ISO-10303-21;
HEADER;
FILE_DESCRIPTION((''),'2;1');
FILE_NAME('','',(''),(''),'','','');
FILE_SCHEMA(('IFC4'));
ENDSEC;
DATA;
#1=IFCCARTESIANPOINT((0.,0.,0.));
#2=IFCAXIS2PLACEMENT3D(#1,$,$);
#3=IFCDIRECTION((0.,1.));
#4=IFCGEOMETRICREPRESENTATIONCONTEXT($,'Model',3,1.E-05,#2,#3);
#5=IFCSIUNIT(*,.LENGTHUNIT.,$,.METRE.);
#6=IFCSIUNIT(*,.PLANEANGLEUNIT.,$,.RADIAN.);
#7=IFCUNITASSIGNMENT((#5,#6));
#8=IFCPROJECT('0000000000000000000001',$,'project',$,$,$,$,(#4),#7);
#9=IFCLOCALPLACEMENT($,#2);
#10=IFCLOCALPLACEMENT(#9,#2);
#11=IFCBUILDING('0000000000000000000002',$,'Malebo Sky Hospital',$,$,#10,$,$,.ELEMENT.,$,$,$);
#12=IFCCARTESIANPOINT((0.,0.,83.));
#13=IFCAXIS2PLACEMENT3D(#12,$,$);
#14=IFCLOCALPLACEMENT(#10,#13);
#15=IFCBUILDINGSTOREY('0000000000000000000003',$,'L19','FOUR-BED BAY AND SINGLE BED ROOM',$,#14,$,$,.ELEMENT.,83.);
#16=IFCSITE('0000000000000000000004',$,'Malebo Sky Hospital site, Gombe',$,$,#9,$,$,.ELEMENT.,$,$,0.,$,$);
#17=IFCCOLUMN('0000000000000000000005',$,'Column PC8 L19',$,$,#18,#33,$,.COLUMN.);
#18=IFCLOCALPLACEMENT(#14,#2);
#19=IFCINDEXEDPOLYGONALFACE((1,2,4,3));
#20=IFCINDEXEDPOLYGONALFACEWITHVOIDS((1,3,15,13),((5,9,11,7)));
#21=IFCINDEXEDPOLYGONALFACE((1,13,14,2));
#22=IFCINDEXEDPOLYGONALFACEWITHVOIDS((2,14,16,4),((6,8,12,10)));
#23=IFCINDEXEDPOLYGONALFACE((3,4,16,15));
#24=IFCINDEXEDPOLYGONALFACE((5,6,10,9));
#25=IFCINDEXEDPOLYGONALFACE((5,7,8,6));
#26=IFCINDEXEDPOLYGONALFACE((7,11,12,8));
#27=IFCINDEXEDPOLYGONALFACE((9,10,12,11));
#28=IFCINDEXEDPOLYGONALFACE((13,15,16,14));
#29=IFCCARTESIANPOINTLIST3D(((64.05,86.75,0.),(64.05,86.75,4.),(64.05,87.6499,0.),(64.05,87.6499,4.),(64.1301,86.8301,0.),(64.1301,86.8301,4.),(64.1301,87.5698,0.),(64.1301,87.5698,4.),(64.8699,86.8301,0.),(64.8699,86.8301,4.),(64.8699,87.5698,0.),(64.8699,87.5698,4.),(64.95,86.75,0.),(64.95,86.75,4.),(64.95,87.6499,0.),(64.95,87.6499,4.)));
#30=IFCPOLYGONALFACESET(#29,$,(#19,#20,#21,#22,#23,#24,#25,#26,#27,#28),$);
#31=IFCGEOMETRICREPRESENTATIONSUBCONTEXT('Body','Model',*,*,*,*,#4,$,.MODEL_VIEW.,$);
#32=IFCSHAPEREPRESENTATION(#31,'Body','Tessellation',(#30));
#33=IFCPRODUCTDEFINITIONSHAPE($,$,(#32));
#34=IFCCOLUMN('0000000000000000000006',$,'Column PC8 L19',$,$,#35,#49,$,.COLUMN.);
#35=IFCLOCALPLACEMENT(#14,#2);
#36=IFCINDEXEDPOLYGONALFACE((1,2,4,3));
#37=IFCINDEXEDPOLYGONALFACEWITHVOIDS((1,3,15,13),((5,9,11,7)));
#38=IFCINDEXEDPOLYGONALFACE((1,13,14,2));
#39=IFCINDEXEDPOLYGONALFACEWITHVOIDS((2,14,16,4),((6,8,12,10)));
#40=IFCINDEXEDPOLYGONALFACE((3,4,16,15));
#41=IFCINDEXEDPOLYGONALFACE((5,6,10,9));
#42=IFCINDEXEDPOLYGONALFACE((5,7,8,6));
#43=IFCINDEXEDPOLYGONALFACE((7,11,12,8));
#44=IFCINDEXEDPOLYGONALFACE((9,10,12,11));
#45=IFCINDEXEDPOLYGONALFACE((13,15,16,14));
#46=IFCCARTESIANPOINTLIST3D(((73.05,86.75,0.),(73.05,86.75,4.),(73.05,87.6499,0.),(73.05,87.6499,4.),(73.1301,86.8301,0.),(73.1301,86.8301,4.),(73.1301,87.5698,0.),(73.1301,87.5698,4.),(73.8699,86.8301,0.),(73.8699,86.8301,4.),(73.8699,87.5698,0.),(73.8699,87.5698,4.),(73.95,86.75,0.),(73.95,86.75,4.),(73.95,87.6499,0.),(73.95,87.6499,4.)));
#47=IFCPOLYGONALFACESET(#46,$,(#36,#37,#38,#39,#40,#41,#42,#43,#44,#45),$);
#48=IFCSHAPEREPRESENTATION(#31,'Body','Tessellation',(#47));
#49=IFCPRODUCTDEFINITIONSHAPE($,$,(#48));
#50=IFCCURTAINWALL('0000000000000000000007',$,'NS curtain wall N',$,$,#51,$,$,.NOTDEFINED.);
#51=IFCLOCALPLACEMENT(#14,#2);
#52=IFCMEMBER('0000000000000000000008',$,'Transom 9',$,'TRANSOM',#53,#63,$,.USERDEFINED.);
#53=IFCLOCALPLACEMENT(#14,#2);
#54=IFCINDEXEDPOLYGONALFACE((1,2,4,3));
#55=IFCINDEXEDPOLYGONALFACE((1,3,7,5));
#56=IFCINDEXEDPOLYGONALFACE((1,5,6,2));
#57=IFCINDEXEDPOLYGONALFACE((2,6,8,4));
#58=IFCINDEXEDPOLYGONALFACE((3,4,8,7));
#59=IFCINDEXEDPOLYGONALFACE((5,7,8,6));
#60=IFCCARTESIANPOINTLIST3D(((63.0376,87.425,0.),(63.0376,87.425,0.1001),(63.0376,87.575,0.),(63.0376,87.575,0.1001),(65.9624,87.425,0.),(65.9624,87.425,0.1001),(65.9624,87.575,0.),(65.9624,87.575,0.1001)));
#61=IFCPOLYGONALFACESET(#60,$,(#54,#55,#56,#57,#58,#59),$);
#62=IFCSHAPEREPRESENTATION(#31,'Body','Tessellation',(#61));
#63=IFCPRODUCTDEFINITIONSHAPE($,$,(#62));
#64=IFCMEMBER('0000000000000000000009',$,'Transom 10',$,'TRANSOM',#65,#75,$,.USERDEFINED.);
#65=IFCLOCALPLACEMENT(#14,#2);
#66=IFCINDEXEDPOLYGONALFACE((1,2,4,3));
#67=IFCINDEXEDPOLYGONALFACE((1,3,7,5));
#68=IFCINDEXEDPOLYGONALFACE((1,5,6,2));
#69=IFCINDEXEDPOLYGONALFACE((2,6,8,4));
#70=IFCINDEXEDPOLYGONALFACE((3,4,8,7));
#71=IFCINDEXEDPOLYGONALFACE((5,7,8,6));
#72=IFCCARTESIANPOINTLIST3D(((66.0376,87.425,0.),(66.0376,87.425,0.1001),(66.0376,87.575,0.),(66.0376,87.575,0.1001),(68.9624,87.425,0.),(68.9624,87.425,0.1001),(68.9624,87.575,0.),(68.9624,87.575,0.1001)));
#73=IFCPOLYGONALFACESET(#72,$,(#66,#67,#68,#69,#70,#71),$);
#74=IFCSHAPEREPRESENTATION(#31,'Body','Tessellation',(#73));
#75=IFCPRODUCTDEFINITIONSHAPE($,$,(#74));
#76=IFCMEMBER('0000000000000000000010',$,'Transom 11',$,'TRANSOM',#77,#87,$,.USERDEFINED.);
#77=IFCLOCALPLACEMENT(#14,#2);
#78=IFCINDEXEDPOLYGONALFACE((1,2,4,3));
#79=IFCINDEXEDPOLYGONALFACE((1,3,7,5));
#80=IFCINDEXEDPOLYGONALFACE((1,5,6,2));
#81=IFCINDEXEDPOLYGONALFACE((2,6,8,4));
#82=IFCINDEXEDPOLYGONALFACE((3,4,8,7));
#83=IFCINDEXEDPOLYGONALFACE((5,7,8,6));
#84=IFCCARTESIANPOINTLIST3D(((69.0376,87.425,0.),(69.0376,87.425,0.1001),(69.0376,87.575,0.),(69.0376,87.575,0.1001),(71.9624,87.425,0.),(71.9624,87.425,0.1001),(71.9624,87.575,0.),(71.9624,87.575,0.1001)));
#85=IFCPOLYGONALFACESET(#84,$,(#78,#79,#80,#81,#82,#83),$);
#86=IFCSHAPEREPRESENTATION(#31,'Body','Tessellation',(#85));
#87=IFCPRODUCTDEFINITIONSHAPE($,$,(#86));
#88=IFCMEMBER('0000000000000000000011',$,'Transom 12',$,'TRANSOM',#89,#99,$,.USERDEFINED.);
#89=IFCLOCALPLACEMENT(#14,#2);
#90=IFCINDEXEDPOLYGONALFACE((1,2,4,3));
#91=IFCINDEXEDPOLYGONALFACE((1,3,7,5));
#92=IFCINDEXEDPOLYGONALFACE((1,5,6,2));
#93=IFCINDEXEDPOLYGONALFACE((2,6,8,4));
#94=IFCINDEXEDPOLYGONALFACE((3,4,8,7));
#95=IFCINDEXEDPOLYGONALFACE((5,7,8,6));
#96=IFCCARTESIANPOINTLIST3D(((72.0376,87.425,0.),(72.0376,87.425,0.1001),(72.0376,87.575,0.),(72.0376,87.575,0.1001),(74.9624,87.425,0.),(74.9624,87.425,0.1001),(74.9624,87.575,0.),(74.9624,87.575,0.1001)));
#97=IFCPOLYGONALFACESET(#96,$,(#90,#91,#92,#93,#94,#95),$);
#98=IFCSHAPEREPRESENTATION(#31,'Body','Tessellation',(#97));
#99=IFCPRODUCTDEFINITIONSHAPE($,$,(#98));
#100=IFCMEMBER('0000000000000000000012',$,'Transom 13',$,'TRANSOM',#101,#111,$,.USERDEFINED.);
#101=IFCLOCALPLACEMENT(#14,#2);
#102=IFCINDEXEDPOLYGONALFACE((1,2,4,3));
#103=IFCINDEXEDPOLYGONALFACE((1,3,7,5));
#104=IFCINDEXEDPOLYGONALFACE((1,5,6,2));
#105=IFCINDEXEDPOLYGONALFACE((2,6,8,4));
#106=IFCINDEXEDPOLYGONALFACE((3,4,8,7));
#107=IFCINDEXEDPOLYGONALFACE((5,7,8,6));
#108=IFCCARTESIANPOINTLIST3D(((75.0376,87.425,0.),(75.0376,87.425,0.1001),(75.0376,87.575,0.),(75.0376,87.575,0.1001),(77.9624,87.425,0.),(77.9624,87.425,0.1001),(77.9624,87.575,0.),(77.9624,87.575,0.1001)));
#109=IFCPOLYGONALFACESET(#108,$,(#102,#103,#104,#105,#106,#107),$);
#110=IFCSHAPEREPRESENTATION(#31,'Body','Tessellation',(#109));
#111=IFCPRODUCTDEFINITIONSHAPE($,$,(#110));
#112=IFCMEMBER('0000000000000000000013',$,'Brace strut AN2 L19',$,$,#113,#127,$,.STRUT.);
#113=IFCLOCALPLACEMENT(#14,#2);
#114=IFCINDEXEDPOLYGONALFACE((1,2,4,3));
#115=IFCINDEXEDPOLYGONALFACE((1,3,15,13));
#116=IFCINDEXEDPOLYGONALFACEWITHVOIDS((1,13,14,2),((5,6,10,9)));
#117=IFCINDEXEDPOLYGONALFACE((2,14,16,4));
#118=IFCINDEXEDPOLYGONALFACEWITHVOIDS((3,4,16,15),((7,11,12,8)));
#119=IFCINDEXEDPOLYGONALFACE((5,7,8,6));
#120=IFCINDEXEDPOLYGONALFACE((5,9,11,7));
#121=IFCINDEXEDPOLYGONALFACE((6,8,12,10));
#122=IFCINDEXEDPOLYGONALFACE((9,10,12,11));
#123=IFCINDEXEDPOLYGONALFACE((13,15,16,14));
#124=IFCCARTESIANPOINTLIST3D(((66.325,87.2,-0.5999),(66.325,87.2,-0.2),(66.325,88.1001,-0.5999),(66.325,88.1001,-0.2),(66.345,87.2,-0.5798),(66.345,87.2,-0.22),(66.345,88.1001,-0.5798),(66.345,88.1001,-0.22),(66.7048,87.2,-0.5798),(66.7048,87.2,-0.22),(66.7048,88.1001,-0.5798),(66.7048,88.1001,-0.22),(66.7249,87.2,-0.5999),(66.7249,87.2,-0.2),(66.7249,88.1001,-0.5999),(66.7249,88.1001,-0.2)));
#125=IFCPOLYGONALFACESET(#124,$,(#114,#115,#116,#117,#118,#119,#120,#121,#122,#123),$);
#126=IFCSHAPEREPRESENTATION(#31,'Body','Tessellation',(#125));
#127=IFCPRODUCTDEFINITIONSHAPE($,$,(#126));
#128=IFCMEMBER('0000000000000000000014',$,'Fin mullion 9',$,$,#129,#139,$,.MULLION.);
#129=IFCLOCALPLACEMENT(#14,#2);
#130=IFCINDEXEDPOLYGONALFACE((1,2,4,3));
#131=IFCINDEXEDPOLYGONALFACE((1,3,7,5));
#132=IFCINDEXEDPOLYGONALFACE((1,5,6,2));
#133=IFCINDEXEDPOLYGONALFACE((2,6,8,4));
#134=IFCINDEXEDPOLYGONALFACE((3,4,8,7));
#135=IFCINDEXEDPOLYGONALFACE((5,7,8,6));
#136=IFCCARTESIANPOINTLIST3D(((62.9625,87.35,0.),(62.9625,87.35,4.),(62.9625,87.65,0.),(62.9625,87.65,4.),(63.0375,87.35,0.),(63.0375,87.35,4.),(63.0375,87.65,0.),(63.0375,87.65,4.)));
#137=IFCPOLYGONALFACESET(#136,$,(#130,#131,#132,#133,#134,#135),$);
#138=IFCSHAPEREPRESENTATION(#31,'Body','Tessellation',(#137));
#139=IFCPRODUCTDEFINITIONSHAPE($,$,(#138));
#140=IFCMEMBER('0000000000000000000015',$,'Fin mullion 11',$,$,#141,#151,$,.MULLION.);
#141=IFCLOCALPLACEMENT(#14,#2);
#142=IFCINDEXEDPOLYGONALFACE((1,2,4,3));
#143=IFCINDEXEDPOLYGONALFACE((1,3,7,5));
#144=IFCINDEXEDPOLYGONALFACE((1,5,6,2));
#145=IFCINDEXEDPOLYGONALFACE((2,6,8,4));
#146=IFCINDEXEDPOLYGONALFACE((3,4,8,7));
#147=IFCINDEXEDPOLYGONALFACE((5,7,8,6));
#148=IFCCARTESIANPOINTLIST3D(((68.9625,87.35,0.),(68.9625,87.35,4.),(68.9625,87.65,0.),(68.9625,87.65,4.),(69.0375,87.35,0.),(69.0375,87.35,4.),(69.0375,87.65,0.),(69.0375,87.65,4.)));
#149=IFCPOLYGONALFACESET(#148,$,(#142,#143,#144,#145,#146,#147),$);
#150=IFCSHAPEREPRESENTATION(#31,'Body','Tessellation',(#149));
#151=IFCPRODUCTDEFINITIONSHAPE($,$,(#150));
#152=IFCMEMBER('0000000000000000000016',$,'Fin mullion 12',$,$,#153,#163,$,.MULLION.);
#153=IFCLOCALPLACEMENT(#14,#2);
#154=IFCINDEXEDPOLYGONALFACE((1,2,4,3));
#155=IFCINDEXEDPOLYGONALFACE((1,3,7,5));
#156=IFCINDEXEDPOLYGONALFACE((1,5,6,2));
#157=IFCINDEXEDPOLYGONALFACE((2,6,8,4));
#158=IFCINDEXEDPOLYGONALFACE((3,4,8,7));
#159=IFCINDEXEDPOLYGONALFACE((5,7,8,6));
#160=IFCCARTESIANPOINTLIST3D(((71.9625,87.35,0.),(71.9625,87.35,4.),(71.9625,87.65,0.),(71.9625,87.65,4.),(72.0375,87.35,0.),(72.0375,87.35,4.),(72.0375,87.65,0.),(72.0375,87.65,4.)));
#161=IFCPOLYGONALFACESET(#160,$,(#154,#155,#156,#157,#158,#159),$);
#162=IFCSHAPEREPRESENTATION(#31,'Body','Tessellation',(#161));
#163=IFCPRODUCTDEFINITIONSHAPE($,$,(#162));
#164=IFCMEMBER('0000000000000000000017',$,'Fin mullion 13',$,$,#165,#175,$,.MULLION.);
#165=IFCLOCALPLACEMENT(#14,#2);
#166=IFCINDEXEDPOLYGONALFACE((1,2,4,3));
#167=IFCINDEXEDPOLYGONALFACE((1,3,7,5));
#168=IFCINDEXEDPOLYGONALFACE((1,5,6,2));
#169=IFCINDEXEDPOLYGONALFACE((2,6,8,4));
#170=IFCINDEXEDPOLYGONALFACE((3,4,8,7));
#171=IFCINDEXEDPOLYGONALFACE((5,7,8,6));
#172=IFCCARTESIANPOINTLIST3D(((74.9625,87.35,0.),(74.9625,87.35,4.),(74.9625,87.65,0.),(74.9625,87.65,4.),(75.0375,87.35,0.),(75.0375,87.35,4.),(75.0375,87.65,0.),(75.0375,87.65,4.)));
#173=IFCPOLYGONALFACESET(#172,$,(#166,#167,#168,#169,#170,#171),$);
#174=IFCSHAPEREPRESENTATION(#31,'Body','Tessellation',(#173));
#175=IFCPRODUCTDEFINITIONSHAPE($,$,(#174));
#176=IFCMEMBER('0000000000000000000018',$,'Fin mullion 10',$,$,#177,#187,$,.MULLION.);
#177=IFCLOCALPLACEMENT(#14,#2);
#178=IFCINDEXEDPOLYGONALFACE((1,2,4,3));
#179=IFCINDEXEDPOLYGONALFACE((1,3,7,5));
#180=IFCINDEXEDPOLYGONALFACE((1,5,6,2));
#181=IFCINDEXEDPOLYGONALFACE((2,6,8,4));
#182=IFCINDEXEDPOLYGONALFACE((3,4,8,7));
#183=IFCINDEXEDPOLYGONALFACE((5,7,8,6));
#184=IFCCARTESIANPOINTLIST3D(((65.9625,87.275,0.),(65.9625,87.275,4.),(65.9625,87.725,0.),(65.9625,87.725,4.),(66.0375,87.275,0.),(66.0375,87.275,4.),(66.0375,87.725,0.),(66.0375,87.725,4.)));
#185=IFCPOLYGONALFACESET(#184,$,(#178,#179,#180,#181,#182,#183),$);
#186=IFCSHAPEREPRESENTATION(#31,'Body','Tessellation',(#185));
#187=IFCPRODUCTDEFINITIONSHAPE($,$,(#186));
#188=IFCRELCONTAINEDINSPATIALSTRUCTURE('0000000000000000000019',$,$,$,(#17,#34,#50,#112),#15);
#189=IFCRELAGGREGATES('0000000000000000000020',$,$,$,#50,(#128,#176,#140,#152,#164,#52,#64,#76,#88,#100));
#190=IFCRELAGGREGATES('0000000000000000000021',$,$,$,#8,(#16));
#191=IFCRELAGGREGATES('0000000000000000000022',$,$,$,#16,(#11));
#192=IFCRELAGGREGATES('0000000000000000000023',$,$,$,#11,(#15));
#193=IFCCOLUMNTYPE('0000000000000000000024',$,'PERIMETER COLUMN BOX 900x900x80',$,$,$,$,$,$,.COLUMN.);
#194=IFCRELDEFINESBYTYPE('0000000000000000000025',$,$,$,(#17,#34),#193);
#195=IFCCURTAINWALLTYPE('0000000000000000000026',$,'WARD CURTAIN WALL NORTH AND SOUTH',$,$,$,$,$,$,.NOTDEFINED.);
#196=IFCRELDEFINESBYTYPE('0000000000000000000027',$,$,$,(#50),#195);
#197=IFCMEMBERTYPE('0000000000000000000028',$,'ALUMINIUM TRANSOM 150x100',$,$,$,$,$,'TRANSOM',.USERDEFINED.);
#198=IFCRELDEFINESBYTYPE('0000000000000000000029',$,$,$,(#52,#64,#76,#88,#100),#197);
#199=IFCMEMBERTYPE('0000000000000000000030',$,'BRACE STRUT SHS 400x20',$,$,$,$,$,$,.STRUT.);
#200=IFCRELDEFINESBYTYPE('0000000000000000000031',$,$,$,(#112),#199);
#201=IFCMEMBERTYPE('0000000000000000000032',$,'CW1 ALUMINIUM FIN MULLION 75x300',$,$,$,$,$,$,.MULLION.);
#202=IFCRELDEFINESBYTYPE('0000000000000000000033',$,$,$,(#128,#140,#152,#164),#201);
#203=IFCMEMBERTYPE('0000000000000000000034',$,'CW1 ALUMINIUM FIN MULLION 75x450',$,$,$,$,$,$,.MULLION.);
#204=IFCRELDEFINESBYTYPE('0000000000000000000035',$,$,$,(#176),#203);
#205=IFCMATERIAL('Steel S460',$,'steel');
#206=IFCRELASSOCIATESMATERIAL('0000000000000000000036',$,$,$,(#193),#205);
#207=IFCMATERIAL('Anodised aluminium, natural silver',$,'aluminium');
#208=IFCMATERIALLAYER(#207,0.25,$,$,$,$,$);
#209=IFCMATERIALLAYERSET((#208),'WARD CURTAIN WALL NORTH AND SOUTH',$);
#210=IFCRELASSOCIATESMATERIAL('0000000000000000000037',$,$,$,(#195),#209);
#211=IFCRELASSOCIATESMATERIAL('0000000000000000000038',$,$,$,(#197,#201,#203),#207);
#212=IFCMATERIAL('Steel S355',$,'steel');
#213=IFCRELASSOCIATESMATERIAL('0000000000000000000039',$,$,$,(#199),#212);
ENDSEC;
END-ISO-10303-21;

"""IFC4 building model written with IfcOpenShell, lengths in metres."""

from ifc_helpers import new_model, si_unit, direction, frame, origin, origin_2d, place, context, subcontext, project, spatial, rectangle, hollow_rectangle, extrude, material, layer, layer_set, material_profile, profile_set, type_object, element, aggregate, save


model = new_model("IFC4")

# Units and contexts
model_context = context("Model", 3, precision=1e-05, world=origin(), true_north=direction((0.0, 1.0)))
body_context = subcontext(model_context, "Body", "Model", "MODEL_VIEW")
ifc_project = project(units=[si_unit("LENGTHUNIT", "METRE"), si_unit("PLANEANGLEUNIT", "RADIAN")], contexts=[model_context])

# Site, building, storey
site_placement = place(None, origin())
site = spatial("IfcSite", under=ifc_project, at=site_placement, Name="Malebo Sky Hospital site, Gombe", CompositionType="ELEMENT", RefElevation=0.0)
building_placement = place(site_placement, origin())
building = spatial("IfcBuilding", under=site, at=building_placement, Name="Malebo Sky Hospital", CompositionType="ELEMENT")
storey_placement = place(building_placement, frame((0.0, 0.0, 83.0)))
storey = spatial("IfcBuildingStorey", under=building, at=storey_placement, Name="L19", Description="FOUR-BED BAY AND SINGLE BED ROOM", CompositionType="ELEMENT", Elevation=83.0)

# Columns
ifc_material_1 = material(Name="Steel S460", Category="steel")
ifc_material_profile_1 = material_profile(ifc_material_1, hollow_rectangle(XDim=0.8999, YDim=0.8999, WallThickness=0.0801, at=origin_2d()), Name="BOX 900x900x80")
ifc_profile_set_1 = profile_set([ifc_material_profile_1], Name="Steel S460")
column_type = type_object("IfcColumnType", Name="PERIMETER COLUMN BOX 900x900x80", PredefinedType="COLUMN", material=ifc_profile_set_1)
for number, where, z_axis, x_axis, name in (
    (1, (64.5, 87.2, 0.0), (0.0, 0.0, 1.0), (1.0, 0.0, 0.0), "Column PC8 L19"),
    (2, (73.5, 87.2, 0.0), (0.0, 0.0, 1.0), (1.0, 0.0, 0.0), "Column PC8 L19"),
):
    element("IfcColumn", number, at=place(storey_placement, frame(where, z_axis=z_axis, x_axis=x_axis)), inside=storey, type_object=column_type, Name=name, PredefinedType="COLUMN", context=body_context, shape_type="SweptSolid", body=[
        extrude(hollow_rectangle(XDim=0.8999, YDim=0.8999, WallThickness=0.0801, at=origin_2d()), origin(), (0.0, 0.0, 1.0), 4.0),
    ])

# Curtain wall, members
ifc_material_2 = material(Name="Anodised aluminium, natural silver", Category="aluminium")
ifc_layer_1 = layer(ifc_material_2, 0.25)
ifc_layer_set_1 = layer_set([ifc_layer_1], Name="WARD CURTAIN WALL NORTH AND SOUTH")
curtain_wall_type = type_object("IfcCurtainWallType", Name="WARD CURTAIN WALL NORTH AND SOUTH", PredefinedType="NOTDEFINED", material=ifc_layer_set_1)
curtain_wall_placement = place(storey_placement, origin())
curtain_wall = element("IfcCurtainWall", 3, at=curtain_wall_placement, inside=storey, type_object=curtain_wall_type, Name="NS curtain wall N", PredefinedType="NOTDEFINED")
ifc_material_profile_2 = material_profile(ifc_material_2, rectangle(XDim=0.1499, YDim=0.1001, at=origin_2d()), Name="ALUMINIUM TRANSOM 150x100")
ifc_profile_set_2 = profile_set([ifc_material_profile_2], Name="Anodised aluminium, natural silver")
member_type_1 = type_object("IfcMemberType", Name="ALUMINIUM TRANSOM 150x100", ElementType="TRANSOM", PredefinedType="USERDEFINED", material=ifc_profile_set_2)
member_1_placement = place(storey_placement, frame((63.0376, 87.5, 0.05), z_axis=(1.0, 0.0, 0.0), x_axis=(0.0, 1.0, 0.0)))
member_1 = element("IfcMember", 4, at=member_1_placement, type_object=member_type_1, Name="Transom 9", ObjectType="TRANSOM", PredefinedType="USERDEFINED", context=body_context, shape_type="SweptSolid", body=[
    extrude(rectangle(XDim=0.1499, YDim=0.1001, at=origin_2d()), origin(), (0.0, 0.0, 1.0), 2.9248),
])
member_2_placement = place(storey_placement, frame((66.0376, 87.5, 0.05), z_axis=(1.0, 0.0, 0.0), x_axis=(0.0, 1.0, 0.0)))
member_2 = element("IfcMember", 5, at=member_2_placement, type_object=member_type_1, Name="Transom 10", ObjectType="TRANSOM", PredefinedType="USERDEFINED", context=body_context, shape_type="SweptSolid", body=[
    extrude(rectangle(XDim=0.1499, YDim=0.1001, at=origin_2d()), origin(), (0.0, 0.0, 1.0), 2.9248),
])
member_3_placement = place(storey_placement, frame((69.0376, 87.5, 0.05), z_axis=(1.0, 0.0, 0.0), x_axis=(0.0, 1.0, 0.0)))
member_3 = element("IfcMember", 6, at=member_3_placement, type_object=member_type_1, Name="Transom 11", ObjectType="TRANSOM", PredefinedType="USERDEFINED", context=body_context, shape_type="SweptSolid", body=[
    extrude(rectangle(XDim=0.1499, YDim=0.1001, at=origin_2d()), origin(), (0.0, 0.0, 1.0), 2.9248),
])
member_4_placement = place(storey_placement, frame((72.0376, 87.5, 0.05), z_axis=(1.0, 0.0, 0.0), x_axis=(0.0, 1.0, 0.0)))
member_4 = element("IfcMember", 7, at=member_4_placement, type_object=member_type_1, Name="Transom 12", ObjectType="TRANSOM", PredefinedType="USERDEFINED", context=body_context, shape_type="SweptSolid", body=[
    extrude(rectangle(XDim=0.1499, YDim=0.1001, at=origin_2d()), origin(), (0.0, 0.0, 1.0), 2.9248),
])
member_5_placement = place(storey_placement, frame((75.0376, 87.5, 0.05), z_axis=(1.0, 0.0, 0.0), x_axis=(0.0, 1.0, 0.0)))
member_5 = element("IfcMember", 8, at=member_5_placement, type_object=member_type_1, Name="Transom 13", ObjectType="TRANSOM", PredefinedType="USERDEFINED", context=body_context, shape_type="SweptSolid", body=[
    extrude(rectangle(XDim=0.1499, YDim=0.1001, at=origin_2d()), origin(), (0.0, 0.0, 1.0), 2.9248),
])

# Members
ifc_material_3 = material(Name="Steel S355", Category="steel")
ifc_material_profile_3 = material_profile(ifc_material_3, hollow_rectangle(XDim=0.3999, YDim=0.3999, WallThickness=0.02, at=origin_2d()), Name="SHS 400x20")
ifc_profile_set_3 = profile_set([ifc_material_profile_3], Name="Steel S355")
member_type_2 = type_object("IfcMemberType", Name="BRACE STRUT SHS 400x20", PredefinedType="STRUT", material=ifc_profile_set_3)
member_6_placement = place(storey_placement, frame((66.5249, 88.1001, -0.3999), z_axis=(0.0, -1.0, 0.0), x_axis=(1.0, 0.0, 0.0)))
element("IfcMember", 9, at=member_6_placement, inside=storey, type_object=member_type_2, Name="Brace strut AN2 L19", PredefinedType="STRUT", context=body_context, shape_type="SweptSolid", body=[
    extrude(hollow_rectangle(XDim=0.3999, YDim=0.3999, WallThickness=0.02, at=origin_2d()), origin(), (0.0, 0.0, 1.0), 0.9001),
])
ifc_material_profile_4 = material_profile(ifc_material_2, rectangle(XDim=0.075, YDim=0.3, at=origin_2d()), Name="CW1 ALUMINIUM FIN MULLION 75x300")
ifc_profile_set_4 = profile_set([ifc_material_profile_4], Name="Anodised aluminium, natural silver")
member_type_3 = type_object("IfcMemberType", Name="CW1 ALUMINIUM FIN MULLION 75x300", PredefinedType="MULLION", material=ifc_profile_set_4)
member_7_placement = place(storey_placement, frame((63.0, 87.5, 0.0), z_axis=(0.0, 0.0, 1.0), x_axis=(1.0, 0.0, 0.0)))
member_7 = element("IfcMember", 10, at=member_7_placement, type_object=member_type_3, Name="Fin mullion 9", PredefinedType="MULLION", context=body_context, shape_type="SweptSolid", body=[
    extrude(rectangle(XDim=0.075, YDim=0.3, at=origin_2d()), origin(), (0.0, 0.0, 1.0), 4.0),
])
member_8_placement = place(storey_placement, frame((69.0, 87.5, 0.0), z_axis=(0.0, 0.0, 1.0), x_axis=(1.0, 0.0, 0.0)))
member_8 = element("IfcMember", 11, at=member_8_placement, type_object=member_type_3, Name="Fin mullion 11", PredefinedType="MULLION", context=body_context, shape_type="SweptSolid", body=[
    extrude(rectangle(XDim=0.075, YDim=0.3, at=origin_2d()), origin(), (0.0, 0.0, 1.0), 4.0),
])
member_9_placement = place(storey_placement, frame((72.0, 87.5, 0.0), z_axis=(0.0, 0.0, 1.0), x_axis=(1.0, 0.0, 0.0)))
member_9 = element("IfcMember", 12, at=member_9_placement, type_object=member_type_3, Name="Fin mullion 12", PredefinedType="MULLION", context=body_context, shape_type="SweptSolid", body=[
    extrude(rectangle(XDim=0.075, YDim=0.3, at=origin_2d()), origin(), (0.0, 0.0, 1.0), 4.0),
])
member_10_placement = place(storey_placement, frame((75.0, 87.5, 0.0), z_axis=(0.0, 0.0, 1.0), x_axis=(1.0, 0.0, 0.0)))
member_10 = element("IfcMember", 13, at=member_10_placement, type_object=member_type_3, Name="Fin mullion 13", PredefinedType="MULLION", context=body_context, shape_type="SweptSolid", body=[
    extrude(rectangle(XDim=0.075, YDim=0.3, at=origin_2d()), origin(), (0.0, 0.0, 1.0), 4.0),
])
ifc_material_profile_5 = material_profile(ifc_material_2, rectangle(XDim=0.075, YDim=0.45, at=origin_2d()), Name="CW1 ALUMINIUM FIN MULLION 75x450")
ifc_profile_set_5 = profile_set([ifc_material_profile_5], Name="Anodised aluminium, natural silver")
member_type_4 = type_object("IfcMemberType", Name="CW1 ALUMINIUM FIN MULLION 75x450", PredefinedType="MULLION", material=ifc_profile_set_5)
member_11_placement = place(storey_placement, frame((66.0, 87.5, 0.0), z_axis=(0.0, 0.0, 1.0), x_axis=(1.0, 0.0, 0.0)))
member_11 = element("IfcMember", 14, at=member_11_placement, type_object=member_type_4, Name="Fin mullion 10", PredefinedType="MULLION", context=body_context, shape_type="SweptSolid", body=[
    extrude(rectangle(XDim=0.075, YDim=0.45, at=origin_2d()), origin(), (0.0, 0.0, 1.0), 4.0),
])

aggregate(curtain_wall, [member_7, member_11, member_8, member_9, member_10, member_1, member_2, member_3, member_4, member_5])

save(model, "model.ifc")
